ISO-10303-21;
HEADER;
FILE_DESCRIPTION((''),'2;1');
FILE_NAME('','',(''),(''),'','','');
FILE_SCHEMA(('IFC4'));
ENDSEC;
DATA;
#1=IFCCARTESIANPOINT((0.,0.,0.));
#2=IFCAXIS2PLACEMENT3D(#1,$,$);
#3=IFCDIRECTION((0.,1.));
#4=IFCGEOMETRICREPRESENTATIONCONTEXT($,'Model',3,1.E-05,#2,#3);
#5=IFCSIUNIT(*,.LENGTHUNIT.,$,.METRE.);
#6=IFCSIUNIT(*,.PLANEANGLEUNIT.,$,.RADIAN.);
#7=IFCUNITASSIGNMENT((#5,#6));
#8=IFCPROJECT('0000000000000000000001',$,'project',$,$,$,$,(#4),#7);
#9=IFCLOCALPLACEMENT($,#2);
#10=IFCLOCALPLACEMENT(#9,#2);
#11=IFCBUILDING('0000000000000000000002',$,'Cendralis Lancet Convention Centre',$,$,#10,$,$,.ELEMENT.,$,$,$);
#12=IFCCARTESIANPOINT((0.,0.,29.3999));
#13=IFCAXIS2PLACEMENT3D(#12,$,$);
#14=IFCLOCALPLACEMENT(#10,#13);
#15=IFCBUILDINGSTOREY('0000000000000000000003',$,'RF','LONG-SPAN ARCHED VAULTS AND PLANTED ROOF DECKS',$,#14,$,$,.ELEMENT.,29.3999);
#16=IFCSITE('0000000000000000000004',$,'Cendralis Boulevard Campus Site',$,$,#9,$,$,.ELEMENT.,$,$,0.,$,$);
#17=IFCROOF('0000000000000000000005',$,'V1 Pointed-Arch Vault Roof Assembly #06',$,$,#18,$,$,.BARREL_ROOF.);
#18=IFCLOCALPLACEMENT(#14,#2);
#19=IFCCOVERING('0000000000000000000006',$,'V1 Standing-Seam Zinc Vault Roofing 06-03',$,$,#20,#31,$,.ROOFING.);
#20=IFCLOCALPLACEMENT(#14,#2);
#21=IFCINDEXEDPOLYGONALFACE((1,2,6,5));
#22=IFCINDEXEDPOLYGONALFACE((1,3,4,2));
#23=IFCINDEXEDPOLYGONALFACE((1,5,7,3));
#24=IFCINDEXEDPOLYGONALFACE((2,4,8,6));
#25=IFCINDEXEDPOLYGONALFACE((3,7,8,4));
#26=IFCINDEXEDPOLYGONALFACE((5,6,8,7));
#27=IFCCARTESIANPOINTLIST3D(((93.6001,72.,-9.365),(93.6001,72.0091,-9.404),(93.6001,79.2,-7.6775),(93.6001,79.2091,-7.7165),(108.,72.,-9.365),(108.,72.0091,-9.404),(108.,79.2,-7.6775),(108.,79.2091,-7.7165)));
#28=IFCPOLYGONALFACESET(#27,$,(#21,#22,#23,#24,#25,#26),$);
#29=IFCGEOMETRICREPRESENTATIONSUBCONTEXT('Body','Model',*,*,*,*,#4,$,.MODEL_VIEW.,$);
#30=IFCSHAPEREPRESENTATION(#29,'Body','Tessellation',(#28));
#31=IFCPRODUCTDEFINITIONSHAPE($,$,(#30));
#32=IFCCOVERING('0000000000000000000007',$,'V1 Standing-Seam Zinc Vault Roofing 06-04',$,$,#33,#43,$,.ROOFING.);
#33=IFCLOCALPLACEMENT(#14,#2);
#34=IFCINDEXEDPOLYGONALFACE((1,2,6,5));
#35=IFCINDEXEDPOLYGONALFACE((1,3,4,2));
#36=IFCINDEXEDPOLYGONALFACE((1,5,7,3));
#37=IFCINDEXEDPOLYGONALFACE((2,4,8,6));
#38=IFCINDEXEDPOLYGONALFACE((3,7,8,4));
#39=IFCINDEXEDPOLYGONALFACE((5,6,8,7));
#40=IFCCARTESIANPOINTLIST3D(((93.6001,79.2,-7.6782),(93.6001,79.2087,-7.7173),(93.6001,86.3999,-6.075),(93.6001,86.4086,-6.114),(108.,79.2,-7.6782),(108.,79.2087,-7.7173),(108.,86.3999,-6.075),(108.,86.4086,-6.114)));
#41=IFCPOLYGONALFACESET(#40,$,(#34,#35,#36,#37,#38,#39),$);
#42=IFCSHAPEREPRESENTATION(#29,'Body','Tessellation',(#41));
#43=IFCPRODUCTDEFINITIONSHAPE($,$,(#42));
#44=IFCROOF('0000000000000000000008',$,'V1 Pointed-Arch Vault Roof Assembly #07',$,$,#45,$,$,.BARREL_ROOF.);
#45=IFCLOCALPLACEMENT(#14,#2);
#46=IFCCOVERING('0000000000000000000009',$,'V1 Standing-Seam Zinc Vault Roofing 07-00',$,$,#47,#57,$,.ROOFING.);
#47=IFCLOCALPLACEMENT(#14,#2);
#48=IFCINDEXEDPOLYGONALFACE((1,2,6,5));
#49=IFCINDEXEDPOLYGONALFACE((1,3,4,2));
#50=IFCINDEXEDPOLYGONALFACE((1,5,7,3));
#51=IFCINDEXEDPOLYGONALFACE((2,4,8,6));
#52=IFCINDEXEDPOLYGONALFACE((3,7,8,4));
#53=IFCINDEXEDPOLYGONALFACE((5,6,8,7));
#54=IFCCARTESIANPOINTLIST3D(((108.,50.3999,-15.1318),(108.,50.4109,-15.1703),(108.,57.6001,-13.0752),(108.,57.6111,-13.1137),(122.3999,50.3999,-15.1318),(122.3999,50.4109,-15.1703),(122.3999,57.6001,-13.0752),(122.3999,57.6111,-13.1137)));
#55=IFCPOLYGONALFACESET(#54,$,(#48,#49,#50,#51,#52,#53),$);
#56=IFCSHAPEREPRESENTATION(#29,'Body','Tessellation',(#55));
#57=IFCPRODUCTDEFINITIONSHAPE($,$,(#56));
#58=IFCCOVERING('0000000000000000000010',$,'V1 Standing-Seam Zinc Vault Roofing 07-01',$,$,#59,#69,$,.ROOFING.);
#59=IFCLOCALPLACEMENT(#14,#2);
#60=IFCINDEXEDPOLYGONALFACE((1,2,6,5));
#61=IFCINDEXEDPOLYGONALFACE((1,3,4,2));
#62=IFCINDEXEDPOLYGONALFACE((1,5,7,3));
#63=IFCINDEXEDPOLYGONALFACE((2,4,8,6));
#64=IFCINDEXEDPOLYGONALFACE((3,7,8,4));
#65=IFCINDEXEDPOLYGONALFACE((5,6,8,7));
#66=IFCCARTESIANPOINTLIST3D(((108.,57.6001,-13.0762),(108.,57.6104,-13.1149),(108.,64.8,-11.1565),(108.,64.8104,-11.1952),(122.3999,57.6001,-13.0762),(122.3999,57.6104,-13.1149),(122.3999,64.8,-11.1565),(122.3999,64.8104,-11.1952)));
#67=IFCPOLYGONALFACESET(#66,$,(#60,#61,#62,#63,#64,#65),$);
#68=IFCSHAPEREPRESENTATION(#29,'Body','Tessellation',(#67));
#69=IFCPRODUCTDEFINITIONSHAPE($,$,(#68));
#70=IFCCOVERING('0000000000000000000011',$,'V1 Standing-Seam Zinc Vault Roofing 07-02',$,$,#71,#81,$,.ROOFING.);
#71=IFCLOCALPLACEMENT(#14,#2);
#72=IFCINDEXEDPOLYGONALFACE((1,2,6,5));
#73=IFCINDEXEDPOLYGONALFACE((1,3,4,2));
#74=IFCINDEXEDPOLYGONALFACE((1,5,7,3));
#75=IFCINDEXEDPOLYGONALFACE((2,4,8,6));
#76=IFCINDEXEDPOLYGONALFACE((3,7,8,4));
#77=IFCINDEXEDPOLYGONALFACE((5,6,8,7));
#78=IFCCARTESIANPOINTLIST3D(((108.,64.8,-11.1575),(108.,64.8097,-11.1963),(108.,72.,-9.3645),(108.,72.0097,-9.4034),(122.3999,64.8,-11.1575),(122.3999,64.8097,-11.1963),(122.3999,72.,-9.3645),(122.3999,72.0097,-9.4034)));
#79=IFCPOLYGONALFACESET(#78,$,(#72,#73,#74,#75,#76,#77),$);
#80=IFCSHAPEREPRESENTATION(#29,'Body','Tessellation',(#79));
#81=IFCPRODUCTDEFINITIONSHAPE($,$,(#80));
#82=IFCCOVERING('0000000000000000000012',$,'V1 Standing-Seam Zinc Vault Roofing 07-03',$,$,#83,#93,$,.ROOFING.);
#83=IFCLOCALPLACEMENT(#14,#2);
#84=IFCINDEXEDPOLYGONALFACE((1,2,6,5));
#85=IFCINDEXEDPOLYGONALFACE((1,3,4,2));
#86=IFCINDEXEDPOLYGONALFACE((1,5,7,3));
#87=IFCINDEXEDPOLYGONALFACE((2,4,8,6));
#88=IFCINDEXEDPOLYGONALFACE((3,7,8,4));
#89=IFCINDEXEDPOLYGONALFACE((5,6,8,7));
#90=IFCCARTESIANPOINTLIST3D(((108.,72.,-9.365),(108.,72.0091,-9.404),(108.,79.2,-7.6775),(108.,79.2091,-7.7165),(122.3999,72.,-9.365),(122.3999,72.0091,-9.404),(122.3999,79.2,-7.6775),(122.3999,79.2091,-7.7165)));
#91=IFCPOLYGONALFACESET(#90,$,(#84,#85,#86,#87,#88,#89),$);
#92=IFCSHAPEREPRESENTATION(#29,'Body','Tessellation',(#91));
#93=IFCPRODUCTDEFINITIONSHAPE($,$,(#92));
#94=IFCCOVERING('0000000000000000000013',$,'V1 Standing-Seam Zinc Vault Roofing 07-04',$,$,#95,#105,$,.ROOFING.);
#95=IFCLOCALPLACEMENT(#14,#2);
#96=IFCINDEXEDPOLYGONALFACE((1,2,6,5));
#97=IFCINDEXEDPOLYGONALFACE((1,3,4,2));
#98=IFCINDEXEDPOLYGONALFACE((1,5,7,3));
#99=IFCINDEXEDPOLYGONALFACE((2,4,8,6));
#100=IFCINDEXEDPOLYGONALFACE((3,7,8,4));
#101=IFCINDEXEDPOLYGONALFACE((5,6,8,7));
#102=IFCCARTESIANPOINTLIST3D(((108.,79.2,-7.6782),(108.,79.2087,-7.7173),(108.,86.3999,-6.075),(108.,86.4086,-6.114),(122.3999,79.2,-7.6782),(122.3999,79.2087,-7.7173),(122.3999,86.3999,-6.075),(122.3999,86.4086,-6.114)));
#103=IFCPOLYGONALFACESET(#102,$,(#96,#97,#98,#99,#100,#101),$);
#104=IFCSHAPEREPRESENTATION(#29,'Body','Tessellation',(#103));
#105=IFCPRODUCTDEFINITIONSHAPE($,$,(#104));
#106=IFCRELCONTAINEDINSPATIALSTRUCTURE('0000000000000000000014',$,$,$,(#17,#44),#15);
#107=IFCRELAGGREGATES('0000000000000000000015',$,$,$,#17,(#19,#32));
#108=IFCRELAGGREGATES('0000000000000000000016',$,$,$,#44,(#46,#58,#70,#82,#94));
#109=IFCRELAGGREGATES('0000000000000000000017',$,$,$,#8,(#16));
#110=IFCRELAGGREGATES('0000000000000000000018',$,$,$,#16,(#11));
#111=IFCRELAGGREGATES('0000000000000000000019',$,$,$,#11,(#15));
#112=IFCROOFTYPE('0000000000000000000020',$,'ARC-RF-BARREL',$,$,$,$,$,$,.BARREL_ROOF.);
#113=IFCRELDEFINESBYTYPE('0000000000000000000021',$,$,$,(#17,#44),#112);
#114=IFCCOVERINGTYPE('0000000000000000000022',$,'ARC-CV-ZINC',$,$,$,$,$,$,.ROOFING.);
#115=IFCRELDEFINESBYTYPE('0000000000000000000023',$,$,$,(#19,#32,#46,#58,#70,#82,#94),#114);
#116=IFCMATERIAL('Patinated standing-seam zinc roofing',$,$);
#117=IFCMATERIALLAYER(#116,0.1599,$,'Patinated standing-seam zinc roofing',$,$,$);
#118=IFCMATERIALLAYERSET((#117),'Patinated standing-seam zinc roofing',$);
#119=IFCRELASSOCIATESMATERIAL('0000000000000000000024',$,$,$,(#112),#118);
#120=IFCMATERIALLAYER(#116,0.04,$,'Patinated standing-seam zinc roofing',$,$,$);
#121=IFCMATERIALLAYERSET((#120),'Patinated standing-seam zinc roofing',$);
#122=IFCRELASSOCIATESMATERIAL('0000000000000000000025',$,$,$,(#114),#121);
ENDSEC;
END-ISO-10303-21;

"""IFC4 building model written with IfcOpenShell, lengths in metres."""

from ifc_helpers import new_model, si_unit, direction, frame, origin, place, context, subcontext, project, spatial, polyline, outline, extrude, material, layer, layer_set, type_object, element, aggregate, save


model = new_model("IFC4")

# Units and contexts
model_context = context("Model", 3, precision=1e-05, world=origin(), true_north=direction((0.0, 1.0)))
body_context = subcontext(model_context, "Body", "Model", "MODEL_VIEW")
ifc_project = project(units=[si_unit("LENGTHUNIT", "METRE"), si_unit("PLANEANGLEUNIT", "RADIAN")], contexts=[model_context])

# Site, building, storey
site_placement = place(None, origin())
site = spatial("IfcSite", under=ifc_project, at=site_placement, Name="Cendralis Boulevard Campus Site", CompositionType="ELEMENT", RefElevation=0.0)
building_placement = place(site_placement, origin())
building = spatial("IfcBuilding", under=site, at=building_placement, Name="Cendralis Lancet Convention Centre", CompositionType="ELEMENT")
storey_placement = place(building_placement, frame((0.0, 0.0, 29.3999)))
storey = spatial("IfcBuildingStorey", under=building, at=storey_placement, Name="RF", Description="LONG-SPAN ARCHED VAULTS AND PLANTED ROOF DECKS", CompositionType="ELEMENT", Elevation=29.3999)

# Roofs, coverings
ifc_material_1 = material(Name="Patinated standing-seam zinc roofing")
ifc_layer_1 = layer(ifc_material_1, 0.1599, Name="Patinated standing-seam zinc roofing")
ifc_layer_set_1 = layer_set([ifc_layer_1], Name="Patinated standing-seam zinc roofing")
roof_type = type_object("IfcRoofType", Name="ARC-RF-BARREL", PredefinedType="BARREL_ROOF", material=ifc_layer_set_1)
roof_1_placement = place(storey_placement, origin())
roof_1 = element("IfcRoof", 1, at=roof_1_placement, inside=storey, type_object=roof_type, Name="V1 Pointed-Arch Vault Roof Assembly #06", PredefinedType="BARREL_ROOF")
ifc_layer_2 = layer(ifc_material_1, 0.04, Name="Patinated standing-seam zinc roofing")
ifc_layer_set_2 = layer_set([ifc_layer_2], Name="Patinated standing-seam zinc roofing")
covering_type = type_object("IfcCoveringType", Name="ARC-CV-ZINC", PredefinedType="ROOFING", material=ifc_layer_set_2)
covering_1_placement = place(storey_placement, frame((93.6001, 72.0, -9.365), z_axis=(0.0, -0.228193, 0.973616), x_axis=(1.0, 0.0, 0.0)))
covering_1 = element("IfcCovering", 2, at=covering_1_placement, type_object=covering_type, Name="V1 Standing-Seam Zinc Vault Roofing 06-03", PredefinedType="ROOFING", context=body_context, shape_type="SweptSolid", body=[
    extrude(outline(polyline([(0.0, 0.0), (14.3999, 0.0), (14.3999, 7.3951), (0.0, 7.3951), (0.0, 0.0)])), origin(), (0.0, 0.0, -1.0), 0.04),
])
covering_2_placement = place(storey_placement, frame((93.6001, 79.2, -7.6782), z_axis=(0.0, -0.217354, 0.976093), x_axis=(1.0, 0.0, 0.0)))
covering_2 = element("IfcCovering", 3, at=covering_2_placement, type_object=covering_type, Name="V1 Standing-Seam Zinc Vault Roofing 06-04", PredefinedType="ROOFING", context=body_context, shape_type="SweptSolid", body=[
    extrude(outline(polyline([(0.0, 0.0), (14.3999, 0.0), (14.3999, 7.3763), (0.0, 7.3763), (0.0, 0.0)])), origin(), (0.0, 0.0, -1.0), 0.04),
])
aggregate(roof_1, [covering_1, covering_2])
roof_2_placement = place(storey_placement, origin())
roof_2 = element("IfcRoof", 4, at=roof_2_placement, inside=storey, type_object=roof_type, Name="V1 Pointed-Arch Vault Roof Assembly #07", PredefinedType="BARREL_ROOF")
covering_3_placement = place(storey_placement, frame((108.0, 50.3999, -15.1318), z_axis=(0.0, -0.274652, 0.961544), x_axis=(1.0, 0.0, 0.0)))
covering_3 = element("IfcCovering", 5, at=covering_3_placement, type_object=covering_type, Name="V1 Standing-Seam Zinc Vault Roofing 07-00", PredefinedType="ROOFING", context=body_context, shape_type="SweptSolid", body=[
    extrude(outline(polyline([(0.0, 0.0), (14.3999, 0.0), (14.3999, 7.4882), (0.0, 7.4882), (0.0, 0.0)])), origin(), (0.0, 0.0, -1.0), 0.04),
])
covering_4_placement = place(storey_placement, frame((108.0, 57.6001, -13.0762), z_axis=(0.0, -0.257624, 0.966245), x_axis=(1.0, 0.0, 0.0)))
covering_4 = element("IfcCovering", 6, at=covering_4_placement, type_object=covering_type, Name="V1 Standing-Seam Zinc Vault Roofing 07-01", PredefinedType="ROOFING", context=body_context, shape_type="SweptSolid", body=[
    extrude(outline(polyline([(0.0, 0.0), (14.3999, 0.0), (14.3999, 7.4515), (0.0, 7.4515), (0.0, 0.0)])), origin(), (0.0, 0.0, -1.0), 0.04),
])
covering_5_placement = place(storey_placement, frame((108.0, 64.8, -11.1575), z_axis=(0.0, -0.241645, 0.970365), x_axis=(1.0, 0.0, 0.0)))
covering_5 = element("IfcCovering", 7, at=covering_5_placement, type_object=covering_type, Name="V1 Standing-Seam Zinc Vault Roofing 07-02", PredefinedType="ROOFING", context=body_context, shape_type="SweptSolid", body=[
    extrude(outline(polyline([(0.0, 0.0), (14.3999, 0.0), (14.3999, 7.4198), (0.0, 7.4198), (0.0, 0.0)])), origin(), (0.0, 0.0, -1.0), 0.04),
])
covering_6_placement = place(storey_placement, frame((108.0, 72.0, -9.365), z_axis=(0.0, -0.228193, 0.973616), x_axis=(1.0, 0.0, 0.0)))
covering_6 = element("IfcCovering", 8, at=covering_6_placement, type_object=covering_type, Name="V1 Standing-Seam Zinc Vault Roofing 07-03", PredefinedType="ROOFING", context=body_context, shape_type="SweptSolid", body=[
    extrude(outline(polyline([(0.0, 0.0), (14.3999, 0.0), (14.3999, 7.3951), (0.0, 7.3951), (0.0, 0.0)])), origin(), (0.0, 0.0, -1.0), 0.04),
])
covering_7_placement = place(storey_placement, frame((108.0, 79.2, -7.6782), z_axis=(0.0, -0.217354, 0.976093), x_axis=(1.0, 0.0, 0.0)))
covering_7 = element("IfcCovering", 9, at=covering_7_placement, type_object=covering_type, Name="V1 Standing-Seam Zinc Vault Roofing 07-04", PredefinedType="ROOFING", context=body_context, shape_type="SweptSolid", body=[
    extrude(outline(polyline([(0.0, 0.0), (14.3999, 0.0), (14.3999, 7.3763), (0.0, 7.3763), (0.0, 0.0)])), origin(), (0.0, 0.0, -1.0), 0.04),
])
aggregate(roof_2, [covering_3, covering_4, covering_5, covering_6, covering_7])

save(model, "model.ifc")
